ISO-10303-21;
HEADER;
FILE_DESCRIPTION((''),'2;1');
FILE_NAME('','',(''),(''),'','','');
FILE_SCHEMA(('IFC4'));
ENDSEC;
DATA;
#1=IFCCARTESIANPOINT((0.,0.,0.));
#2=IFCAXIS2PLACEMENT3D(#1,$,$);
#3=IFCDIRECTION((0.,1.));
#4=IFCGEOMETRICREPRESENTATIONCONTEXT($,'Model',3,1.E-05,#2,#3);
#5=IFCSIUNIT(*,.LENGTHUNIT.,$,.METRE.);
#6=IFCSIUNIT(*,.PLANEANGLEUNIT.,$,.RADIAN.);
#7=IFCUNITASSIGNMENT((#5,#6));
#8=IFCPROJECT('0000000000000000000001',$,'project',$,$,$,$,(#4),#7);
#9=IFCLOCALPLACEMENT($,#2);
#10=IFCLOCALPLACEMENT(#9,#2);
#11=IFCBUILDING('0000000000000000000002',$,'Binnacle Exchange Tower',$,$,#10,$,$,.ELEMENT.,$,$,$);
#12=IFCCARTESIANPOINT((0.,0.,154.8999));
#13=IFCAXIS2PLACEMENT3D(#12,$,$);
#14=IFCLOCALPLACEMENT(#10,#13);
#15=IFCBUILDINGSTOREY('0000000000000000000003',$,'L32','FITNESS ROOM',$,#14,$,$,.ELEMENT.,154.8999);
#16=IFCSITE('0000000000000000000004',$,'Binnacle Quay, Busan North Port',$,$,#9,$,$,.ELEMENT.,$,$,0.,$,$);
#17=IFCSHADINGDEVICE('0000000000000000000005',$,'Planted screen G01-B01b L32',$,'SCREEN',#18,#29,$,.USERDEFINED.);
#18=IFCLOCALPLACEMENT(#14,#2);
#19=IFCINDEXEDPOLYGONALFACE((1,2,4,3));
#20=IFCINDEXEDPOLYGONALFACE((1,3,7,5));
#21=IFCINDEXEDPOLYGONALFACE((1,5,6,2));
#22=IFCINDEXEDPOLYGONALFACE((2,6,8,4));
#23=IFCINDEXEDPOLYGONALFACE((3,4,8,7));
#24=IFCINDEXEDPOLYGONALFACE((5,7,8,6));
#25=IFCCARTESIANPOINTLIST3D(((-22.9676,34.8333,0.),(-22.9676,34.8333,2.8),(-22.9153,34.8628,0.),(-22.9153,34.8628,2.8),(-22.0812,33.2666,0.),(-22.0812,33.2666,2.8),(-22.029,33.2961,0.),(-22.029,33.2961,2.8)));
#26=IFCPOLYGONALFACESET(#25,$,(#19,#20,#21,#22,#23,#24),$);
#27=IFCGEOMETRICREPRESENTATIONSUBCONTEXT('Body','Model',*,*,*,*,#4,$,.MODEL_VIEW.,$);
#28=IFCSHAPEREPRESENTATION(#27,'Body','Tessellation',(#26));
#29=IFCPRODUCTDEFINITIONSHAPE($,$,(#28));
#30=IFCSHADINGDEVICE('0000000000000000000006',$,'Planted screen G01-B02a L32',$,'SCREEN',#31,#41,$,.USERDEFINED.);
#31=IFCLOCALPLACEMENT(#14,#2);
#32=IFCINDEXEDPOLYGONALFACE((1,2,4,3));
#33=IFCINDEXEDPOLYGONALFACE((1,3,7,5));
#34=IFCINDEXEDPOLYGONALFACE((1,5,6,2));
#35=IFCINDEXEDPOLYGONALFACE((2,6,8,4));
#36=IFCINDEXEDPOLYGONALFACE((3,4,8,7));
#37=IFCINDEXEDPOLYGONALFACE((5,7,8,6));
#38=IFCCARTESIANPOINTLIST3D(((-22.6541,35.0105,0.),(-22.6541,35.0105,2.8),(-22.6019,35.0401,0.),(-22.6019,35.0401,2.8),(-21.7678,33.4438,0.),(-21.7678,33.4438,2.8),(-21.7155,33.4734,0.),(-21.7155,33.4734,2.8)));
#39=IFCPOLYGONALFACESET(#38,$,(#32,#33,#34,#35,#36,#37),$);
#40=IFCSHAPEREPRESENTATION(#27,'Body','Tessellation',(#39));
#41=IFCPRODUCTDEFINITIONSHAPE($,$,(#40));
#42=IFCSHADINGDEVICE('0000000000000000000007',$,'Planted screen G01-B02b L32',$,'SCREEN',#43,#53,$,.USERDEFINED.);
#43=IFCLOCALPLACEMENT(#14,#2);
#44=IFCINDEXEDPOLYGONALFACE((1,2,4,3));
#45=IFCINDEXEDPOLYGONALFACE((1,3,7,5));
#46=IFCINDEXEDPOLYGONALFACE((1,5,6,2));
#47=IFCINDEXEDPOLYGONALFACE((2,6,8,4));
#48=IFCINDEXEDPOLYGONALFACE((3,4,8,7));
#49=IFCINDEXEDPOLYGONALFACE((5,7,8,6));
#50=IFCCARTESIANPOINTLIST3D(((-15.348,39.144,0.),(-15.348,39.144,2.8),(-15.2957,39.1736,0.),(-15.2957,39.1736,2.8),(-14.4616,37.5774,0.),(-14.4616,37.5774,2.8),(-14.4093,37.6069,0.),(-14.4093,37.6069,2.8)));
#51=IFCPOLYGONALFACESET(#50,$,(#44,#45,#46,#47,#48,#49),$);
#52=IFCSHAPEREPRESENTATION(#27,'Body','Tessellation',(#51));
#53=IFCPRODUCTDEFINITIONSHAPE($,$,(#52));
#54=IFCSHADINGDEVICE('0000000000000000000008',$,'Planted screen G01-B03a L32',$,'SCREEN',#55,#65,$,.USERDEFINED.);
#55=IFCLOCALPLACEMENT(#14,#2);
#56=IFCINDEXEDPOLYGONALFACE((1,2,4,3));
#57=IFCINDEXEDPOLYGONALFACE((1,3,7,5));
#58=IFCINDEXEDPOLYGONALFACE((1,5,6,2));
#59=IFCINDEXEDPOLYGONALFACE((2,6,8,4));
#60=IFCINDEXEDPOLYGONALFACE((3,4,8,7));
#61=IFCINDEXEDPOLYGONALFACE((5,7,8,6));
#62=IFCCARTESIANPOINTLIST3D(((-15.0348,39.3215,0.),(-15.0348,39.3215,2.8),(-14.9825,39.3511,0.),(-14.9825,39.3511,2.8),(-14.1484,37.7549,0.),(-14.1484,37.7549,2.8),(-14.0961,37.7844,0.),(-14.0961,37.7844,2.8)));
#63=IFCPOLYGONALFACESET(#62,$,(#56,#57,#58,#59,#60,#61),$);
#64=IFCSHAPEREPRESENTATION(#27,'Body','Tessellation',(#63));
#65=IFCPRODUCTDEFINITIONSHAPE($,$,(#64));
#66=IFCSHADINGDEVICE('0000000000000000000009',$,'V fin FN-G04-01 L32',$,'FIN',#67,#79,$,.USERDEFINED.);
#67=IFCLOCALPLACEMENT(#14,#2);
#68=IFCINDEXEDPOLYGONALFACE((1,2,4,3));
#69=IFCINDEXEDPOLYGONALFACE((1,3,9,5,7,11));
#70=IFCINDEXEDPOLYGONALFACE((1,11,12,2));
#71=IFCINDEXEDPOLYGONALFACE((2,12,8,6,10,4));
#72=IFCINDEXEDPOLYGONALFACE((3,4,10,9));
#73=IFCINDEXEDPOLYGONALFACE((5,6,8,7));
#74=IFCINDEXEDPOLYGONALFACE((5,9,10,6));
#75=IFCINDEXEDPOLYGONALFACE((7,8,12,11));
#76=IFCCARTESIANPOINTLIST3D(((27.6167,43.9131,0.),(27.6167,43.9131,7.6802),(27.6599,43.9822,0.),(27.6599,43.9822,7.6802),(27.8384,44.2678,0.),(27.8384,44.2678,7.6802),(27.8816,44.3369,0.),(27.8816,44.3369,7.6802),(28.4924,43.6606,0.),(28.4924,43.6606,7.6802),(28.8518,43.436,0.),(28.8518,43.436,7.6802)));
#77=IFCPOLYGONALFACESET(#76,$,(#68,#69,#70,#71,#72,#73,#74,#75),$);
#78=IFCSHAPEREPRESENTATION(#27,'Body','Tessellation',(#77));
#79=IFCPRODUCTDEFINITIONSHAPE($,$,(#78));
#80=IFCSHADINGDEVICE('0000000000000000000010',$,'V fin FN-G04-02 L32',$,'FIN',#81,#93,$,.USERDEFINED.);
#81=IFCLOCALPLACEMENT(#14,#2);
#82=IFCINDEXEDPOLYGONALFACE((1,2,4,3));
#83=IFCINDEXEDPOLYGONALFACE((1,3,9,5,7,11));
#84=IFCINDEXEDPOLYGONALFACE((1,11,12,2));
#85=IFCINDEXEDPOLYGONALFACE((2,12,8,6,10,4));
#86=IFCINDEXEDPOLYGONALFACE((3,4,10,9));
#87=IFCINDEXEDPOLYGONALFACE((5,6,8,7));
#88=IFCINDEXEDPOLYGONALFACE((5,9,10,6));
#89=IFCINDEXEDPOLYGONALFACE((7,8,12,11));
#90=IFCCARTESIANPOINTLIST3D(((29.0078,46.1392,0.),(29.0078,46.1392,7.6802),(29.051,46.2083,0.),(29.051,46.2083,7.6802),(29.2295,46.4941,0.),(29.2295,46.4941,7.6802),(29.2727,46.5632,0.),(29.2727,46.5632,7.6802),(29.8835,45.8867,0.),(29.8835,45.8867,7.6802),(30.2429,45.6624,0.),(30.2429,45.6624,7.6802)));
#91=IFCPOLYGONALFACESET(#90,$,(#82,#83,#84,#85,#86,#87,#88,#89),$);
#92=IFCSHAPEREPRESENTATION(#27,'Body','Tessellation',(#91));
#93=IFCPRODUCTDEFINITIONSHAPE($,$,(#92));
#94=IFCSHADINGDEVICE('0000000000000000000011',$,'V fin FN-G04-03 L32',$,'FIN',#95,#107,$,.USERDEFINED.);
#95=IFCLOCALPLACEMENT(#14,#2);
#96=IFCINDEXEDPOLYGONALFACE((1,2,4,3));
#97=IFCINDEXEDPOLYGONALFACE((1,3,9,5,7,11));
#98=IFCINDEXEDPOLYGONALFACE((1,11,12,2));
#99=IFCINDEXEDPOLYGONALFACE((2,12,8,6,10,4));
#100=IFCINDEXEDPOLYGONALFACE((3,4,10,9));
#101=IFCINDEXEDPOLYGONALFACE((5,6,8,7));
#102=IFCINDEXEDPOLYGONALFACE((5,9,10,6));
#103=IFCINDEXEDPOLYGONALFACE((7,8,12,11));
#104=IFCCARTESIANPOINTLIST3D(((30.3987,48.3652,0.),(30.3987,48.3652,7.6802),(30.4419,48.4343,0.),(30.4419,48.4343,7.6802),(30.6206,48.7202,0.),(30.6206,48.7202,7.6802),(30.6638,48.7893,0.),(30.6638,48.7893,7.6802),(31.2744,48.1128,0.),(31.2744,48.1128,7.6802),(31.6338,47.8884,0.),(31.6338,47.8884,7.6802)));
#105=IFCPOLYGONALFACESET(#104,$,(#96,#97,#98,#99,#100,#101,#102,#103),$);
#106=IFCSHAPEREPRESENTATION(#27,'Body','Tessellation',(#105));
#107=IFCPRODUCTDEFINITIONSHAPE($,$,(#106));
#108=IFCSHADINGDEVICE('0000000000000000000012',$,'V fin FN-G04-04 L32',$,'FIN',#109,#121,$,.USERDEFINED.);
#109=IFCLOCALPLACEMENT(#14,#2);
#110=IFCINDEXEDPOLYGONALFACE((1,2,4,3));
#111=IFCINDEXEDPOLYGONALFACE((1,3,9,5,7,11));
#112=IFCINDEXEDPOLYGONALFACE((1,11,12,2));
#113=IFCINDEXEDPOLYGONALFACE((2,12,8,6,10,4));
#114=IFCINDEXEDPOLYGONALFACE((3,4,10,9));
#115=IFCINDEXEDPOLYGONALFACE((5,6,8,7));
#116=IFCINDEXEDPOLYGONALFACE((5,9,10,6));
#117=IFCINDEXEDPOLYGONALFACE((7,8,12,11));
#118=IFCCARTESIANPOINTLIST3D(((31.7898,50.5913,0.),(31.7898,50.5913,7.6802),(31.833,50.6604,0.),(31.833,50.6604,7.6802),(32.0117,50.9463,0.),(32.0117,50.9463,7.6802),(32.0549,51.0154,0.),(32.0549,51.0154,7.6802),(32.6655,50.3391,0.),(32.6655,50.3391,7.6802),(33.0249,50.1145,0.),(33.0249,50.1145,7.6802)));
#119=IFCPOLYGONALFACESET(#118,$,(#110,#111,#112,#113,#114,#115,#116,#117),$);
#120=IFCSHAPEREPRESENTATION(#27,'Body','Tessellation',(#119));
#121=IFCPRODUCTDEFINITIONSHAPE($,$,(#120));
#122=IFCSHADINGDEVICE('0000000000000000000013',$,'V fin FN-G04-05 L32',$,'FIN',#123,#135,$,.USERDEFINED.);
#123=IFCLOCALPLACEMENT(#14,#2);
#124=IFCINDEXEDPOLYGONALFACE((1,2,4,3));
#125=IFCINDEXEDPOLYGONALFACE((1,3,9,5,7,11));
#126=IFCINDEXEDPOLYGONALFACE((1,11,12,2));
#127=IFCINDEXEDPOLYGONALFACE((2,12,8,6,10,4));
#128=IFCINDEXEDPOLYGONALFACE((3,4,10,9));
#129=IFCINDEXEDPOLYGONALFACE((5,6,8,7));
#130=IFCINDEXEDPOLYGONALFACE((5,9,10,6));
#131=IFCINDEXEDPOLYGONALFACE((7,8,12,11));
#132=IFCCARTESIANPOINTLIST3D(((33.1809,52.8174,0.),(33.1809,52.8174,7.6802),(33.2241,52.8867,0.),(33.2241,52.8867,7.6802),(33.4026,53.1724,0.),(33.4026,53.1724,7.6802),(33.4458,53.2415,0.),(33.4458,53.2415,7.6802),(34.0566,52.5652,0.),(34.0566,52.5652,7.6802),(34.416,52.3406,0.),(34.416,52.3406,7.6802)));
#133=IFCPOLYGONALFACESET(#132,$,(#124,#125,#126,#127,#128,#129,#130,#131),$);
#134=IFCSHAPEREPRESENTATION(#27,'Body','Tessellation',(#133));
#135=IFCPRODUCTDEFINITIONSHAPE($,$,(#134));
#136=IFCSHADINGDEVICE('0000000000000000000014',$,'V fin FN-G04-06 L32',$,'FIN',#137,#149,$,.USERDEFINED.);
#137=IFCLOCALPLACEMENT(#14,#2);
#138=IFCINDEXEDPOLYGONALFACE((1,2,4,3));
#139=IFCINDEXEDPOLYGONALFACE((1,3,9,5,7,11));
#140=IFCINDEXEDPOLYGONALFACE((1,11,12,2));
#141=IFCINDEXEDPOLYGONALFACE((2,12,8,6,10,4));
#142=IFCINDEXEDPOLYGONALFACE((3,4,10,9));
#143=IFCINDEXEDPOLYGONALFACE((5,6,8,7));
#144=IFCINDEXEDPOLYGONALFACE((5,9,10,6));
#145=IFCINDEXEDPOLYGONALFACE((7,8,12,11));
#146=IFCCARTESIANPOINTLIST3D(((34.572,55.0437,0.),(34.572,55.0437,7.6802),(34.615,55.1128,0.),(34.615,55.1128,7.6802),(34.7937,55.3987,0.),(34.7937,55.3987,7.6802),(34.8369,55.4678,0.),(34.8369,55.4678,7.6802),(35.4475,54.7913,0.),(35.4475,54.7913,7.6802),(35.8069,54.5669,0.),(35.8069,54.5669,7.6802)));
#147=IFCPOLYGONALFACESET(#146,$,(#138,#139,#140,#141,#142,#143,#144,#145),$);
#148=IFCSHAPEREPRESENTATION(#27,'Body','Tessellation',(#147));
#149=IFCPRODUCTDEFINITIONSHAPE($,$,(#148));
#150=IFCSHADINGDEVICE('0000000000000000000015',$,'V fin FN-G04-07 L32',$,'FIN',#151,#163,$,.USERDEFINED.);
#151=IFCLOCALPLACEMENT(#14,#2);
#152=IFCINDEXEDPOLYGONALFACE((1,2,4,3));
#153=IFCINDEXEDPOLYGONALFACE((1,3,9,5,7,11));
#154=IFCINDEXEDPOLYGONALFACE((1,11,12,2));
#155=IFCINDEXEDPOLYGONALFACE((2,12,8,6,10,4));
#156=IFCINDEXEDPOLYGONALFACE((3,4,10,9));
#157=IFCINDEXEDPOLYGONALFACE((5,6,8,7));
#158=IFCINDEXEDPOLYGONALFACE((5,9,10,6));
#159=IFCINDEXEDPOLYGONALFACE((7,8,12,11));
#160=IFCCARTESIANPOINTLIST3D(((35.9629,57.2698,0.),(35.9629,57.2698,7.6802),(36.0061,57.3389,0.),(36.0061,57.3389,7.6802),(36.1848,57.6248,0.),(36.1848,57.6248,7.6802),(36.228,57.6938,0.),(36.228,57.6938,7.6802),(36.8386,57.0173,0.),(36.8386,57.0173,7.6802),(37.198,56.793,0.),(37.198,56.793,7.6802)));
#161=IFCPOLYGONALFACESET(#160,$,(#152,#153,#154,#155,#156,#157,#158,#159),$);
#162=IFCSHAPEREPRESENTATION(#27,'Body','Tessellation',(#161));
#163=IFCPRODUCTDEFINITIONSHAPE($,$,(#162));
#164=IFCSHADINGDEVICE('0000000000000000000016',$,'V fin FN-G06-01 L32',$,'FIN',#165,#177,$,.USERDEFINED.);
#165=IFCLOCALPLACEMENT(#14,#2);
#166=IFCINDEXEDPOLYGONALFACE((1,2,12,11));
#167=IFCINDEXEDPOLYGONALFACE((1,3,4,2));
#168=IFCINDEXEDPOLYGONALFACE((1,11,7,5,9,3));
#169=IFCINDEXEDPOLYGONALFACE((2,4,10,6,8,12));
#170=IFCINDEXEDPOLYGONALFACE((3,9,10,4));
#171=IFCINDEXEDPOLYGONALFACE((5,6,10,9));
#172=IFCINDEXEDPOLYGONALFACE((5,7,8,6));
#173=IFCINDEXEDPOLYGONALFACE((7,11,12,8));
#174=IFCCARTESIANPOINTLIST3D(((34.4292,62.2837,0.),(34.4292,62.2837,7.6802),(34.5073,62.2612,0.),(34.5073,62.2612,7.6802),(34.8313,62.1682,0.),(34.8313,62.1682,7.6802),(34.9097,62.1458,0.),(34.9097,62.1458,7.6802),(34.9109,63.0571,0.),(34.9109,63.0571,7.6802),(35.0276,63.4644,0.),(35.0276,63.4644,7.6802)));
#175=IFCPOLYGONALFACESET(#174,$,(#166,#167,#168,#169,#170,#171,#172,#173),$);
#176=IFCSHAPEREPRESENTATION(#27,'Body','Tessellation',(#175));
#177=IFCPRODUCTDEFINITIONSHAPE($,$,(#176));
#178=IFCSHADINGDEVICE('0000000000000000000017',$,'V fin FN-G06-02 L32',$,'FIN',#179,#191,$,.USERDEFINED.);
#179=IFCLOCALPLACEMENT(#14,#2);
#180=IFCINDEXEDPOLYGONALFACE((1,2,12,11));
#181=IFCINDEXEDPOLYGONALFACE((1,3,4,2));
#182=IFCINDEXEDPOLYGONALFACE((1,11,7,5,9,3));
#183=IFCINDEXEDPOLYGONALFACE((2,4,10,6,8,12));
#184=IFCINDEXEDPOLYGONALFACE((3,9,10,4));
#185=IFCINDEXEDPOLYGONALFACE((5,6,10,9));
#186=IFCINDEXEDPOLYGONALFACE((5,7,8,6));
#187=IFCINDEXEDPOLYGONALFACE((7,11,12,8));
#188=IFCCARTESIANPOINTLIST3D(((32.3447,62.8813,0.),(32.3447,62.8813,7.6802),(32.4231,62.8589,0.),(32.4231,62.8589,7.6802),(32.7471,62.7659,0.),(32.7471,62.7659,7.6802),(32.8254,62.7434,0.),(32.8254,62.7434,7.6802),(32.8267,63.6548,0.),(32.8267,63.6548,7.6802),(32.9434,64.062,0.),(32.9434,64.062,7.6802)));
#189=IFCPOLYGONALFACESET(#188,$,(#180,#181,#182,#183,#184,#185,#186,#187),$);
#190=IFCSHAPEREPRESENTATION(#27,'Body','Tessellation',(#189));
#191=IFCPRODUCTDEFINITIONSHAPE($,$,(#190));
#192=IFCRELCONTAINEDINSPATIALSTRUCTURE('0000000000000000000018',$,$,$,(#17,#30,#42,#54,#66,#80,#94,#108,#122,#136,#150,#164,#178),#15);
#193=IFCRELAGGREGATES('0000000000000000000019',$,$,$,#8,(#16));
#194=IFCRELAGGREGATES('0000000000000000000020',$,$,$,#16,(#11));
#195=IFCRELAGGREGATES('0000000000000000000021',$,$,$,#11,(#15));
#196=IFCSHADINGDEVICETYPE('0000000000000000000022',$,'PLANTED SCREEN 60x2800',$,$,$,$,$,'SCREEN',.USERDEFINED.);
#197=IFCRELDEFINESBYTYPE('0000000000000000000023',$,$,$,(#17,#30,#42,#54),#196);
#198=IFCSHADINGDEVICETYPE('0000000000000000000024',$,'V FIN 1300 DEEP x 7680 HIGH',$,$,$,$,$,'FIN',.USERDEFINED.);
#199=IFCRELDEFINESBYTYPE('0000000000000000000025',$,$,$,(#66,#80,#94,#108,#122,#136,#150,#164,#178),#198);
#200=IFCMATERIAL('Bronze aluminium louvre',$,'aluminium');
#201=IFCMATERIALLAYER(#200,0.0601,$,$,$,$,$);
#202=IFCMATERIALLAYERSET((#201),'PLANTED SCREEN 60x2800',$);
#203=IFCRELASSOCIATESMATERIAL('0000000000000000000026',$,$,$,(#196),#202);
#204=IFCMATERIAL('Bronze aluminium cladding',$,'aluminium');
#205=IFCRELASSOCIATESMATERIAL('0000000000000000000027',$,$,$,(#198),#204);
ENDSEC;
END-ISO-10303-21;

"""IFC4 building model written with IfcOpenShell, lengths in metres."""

from ifc_helpers import new_model, si_unit, direction, frame, origin, origin_2d, place, context, subcontext, project, spatial, polyline, rectangle, outline, extrude, material, layer, layer_set, type_object, element, save


model = new_model("IFC4")

# Units and contexts
model_context = context("Model", 3, precision=1e-05, world=origin(), true_north=direction((0.0, 1.0)))
body_context = subcontext(model_context, "Body", "Model", "MODEL_VIEW")
ifc_project = project(units=[si_unit("LENGTHUNIT", "METRE"), si_unit("PLANEANGLEUNIT", "RADIAN")], contexts=[model_context])

# Site, building, storey
site_placement = place(None, origin())
site = spatial("IfcSite", under=ifc_project, at=site_placement, Name="Binnacle Quay, Busan North Port", CompositionType="ELEMENT", RefElevation=0.0)
building_placement = place(site_placement, origin())
building = spatial("IfcBuilding", under=site, at=building_placement, Name="Binnacle Exchange Tower", CompositionType="ELEMENT")
storey_placement = place(building_placement, frame((0.0, 0.0, 154.8999)))
storey = spatial("IfcBuildingStorey", under=building, at=storey_placement, Name="L32", Description="FITNESS ROOM", CompositionType="ELEMENT", Elevation=154.8999)

# Shading devices
ifc_material_1 = material(Name="Bronze aluminium louvre", Category="aluminium")
ifc_layer_1 = layer(ifc_material_1, 0.0601)
ifc_layer_set_1 = layer_set([ifc_layer_1], Name="PLANTED SCREEN 60x2800")
shading_device_type_1 = type_object("IfcShadingDeviceType", Name="PLANTED SCREEN 60x2800", ElementType="SCREEN", PredefinedType="USERDEFINED", material=ifc_layer_set_1)
for number, where, z_axis, x_axis, name in (
    (1, (-22.4983, 34.0647, 0.0), (0.0, 0.0, 1.0), (0.870356, 0.492424, 0.0), "Planted screen G01-B01b L32"),
    (2, (-22.1848, 34.2419, 0.0), (0.0, 0.0, 1.0), (0.870356, 0.492424, 0.0), "Planted screen G01-B02a L32"),
    (3, (-14.8787, 38.3755, 0.0), (0.0, 0.0, 1.0), (0.870356, 0.492424, 0.0), "Planted screen G01-B02b L32"),
    (4, (-14.5654, 38.553, 0.0), (0.0, 0.0, 1.0), (0.870356, 0.492424, 0.0), "Planted screen G01-B03a L32"),
):
    element("IfcShadingDevice", number, at=place(storey_placement, frame(where, z_axis=z_axis, x_axis=x_axis)), inside=storey, type_object=shading_device_type_1, Name=name, ObjectType="SCREEN", PredefinedType="USERDEFINED", context=body_context, shape_type="SweptSolid", body=[
        extrude(rectangle(XDim=0.0601, YDim=1.8, at=origin_2d()), origin(), (0.0, 0.0, 1.0), 2.8),
    ])
ifc_material_2 = material(Name="Bronze aluminium cladding", Category="aluminium")
shading_device_type_2 = type_object("IfcShadingDeviceType", Name="V FIN 1300 DEEP x 7680 HIGH", ElementType="FIN", PredefinedType="USERDEFINED", material=ifc_material_2)
shading_device_1_placement = place(storey_placement, origin())
element("IfcShadingDevice", 5, at=shading_device_1_placement, inside=storey, type_object=shading_device_type_2, Name="V fin FN-G04-01 L32", ObjectType="FIN", PredefinedType="USERDEFINED", context=body_context, shape_type="SweptSolid", body=[
    extrude(outline(polyline([(27.6167, 43.9131), (28.8518, 43.436), (27.8816, 44.3369), (27.8384, 44.2678), (28.4924, 43.6606), (27.6599, 43.9822), (27.6167, 43.9131)])), origin(), (0.0, 0.0, 1.0), 7.6802),
])
shading_device_2_placement = place(storey_placement, origin())
element("IfcShadingDevice", 6, at=shading_device_2_placement, inside=storey, type_object=shading_device_type_2, Name="V fin FN-G04-02 L32", ObjectType="FIN", PredefinedType="USERDEFINED", context=body_context, shape_type="SweptSolid", body=[
    extrude(outline(polyline([(29.0078, 46.1392), (30.2429, 45.6624), (29.2727, 46.5632), (29.2295, 46.4941), (29.8835, 45.8867), (29.051, 46.2083), (29.0078, 46.1392)])), origin(), (0.0, 0.0, 1.0), 7.6802),
])
shading_device_3_placement = place(storey_placement, origin())
element("IfcShadingDevice", 7, at=shading_device_3_placement, inside=storey, type_object=shading_device_type_2, Name="V fin FN-G04-03 L32", ObjectType="FIN", PredefinedType="USERDEFINED", context=body_context, shape_type="SweptSolid", body=[
    extrude(outline(polyline([(30.3987, 48.3652), (31.6338, 47.8884), (30.6638, 48.7893), (30.6206, 48.7202), (31.2744, 48.1128), (30.4419, 48.4343), (30.3987, 48.3652)])), origin(), (0.0, 0.0, 1.0), 7.6802),
])
shading_device_4_placement = place(storey_placement, origin())
element("IfcShadingDevice", 8, at=shading_device_4_placement, inside=storey, type_object=shading_device_type_2, Name="V fin FN-G04-04 L32", ObjectType="FIN", PredefinedType="USERDEFINED", context=body_context, shape_type="SweptSolid", body=[
    extrude(outline(polyline([(31.7898, 50.5913), (33.0249, 50.1145), (32.0549, 51.0154), (32.0117, 50.9463), (32.6655, 50.3391), (31.833, 50.6604), (31.7898, 50.5913)])), origin(), (0.0, 0.0, 1.0), 7.6802),
])
shading_device_5_placement = place(storey_placement, origin())
element("IfcShadingDevice", 9, at=shading_device_5_placement, inside=storey, type_object=shading_device_type_2, Name="V fin FN-G04-05 L32", ObjectType="FIN", PredefinedType="USERDEFINED", context=body_context, shape_type="SweptSolid", body=[
    extrude(outline(polyline([(33.1809, 52.8174), (34.416, 52.3406), (33.4458, 53.2415), (33.4026, 53.1724), (34.0566, 52.5652), (33.2241, 52.8867), (33.1809, 52.8174)])), origin(), (0.0, 0.0, 1.0), 7.6802),
])
shading_device_6_placement = place(storey_placement, origin())
element("IfcShadingDevice", 10, at=shading_device_6_placement, inside=storey, type_object=shading_device_type_2, Name="V fin FN-G04-06 L32", ObjectType="FIN", PredefinedType="USERDEFINED", context=body_context, shape_type="SweptSolid", body=[
    extrude(outline(polyline([(34.572, 55.0437), (35.8069, 54.5669), (34.8369, 55.4678), (34.7937, 55.3987), (35.4475, 54.7913), (34.615, 55.1128), (34.572, 55.0437)])), origin(), (0.0, 0.0, 1.0), 7.6802),
])
shading_device_7_placement = place(storey_placement, origin())
element("IfcShadingDevice", 11, at=shading_device_7_placement, inside=storey, type_object=shading_device_type_2, Name="V fin FN-G04-07 L32", ObjectType="FIN", PredefinedType="USERDEFINED", context=body_context, shape_type="SweptSolid", body=[
    extrude(outline(polyline([(35.9629, 57.2698), (37.198, 56.793), (36.228, 57.6938), (36.1848, 57.6248), (36.8386, 57.0173), (36.0061, 57.3389), (35.9629, 57.2698)])), origin(), (0.0, 0.0, 1.0), 7.6802),
])
shading_device_8_placement = place(storey_placement, origin())
element("IfcShadingDevice", 12, at=shading_device_8_placement, inside=storey, type_object=shading_device_type_2, Name="V fin FN-G06-01 L32", ObjectType="FIN", PredefinedType="USERDEFINED", context=body_context, shape_type="SweptSolid", body=[
    extrude(outline(polyline([(34.9097, 62.1458), (35.0276, 63.4644), (34.4292, 62.2837), (34.5073, 62.2612), (34.9109, 63.0571), (34.8313, 62.1682), (34.9097, 62.1458)])), origin(), (0.0, 0.0, 1.0), 7.6802),
])
shading_device_9_placement = place(storey_placement, origin())
element("IfcShadingDevice", 13, at=shading_device_9_placement, inside=storey, type_object=shading_device_type_2, Name="V fin FN-G06-02 L32", ObjectType="FIN", PredefinedType="USERDEFINED", context=body_context, shape_type="SweptSolid", body=[
    extrude(outline(polyline([(32.8254, 62.7434), (32.9434, 64.062), (32.3447, 62.8813), (32.4231, 62.8589), (32.8267, 63.6548), (32.7471, 62.7659), (32.8254, 62.7434)])), origin(), (0.0, 0.0, 1.0), 7.6802),
])

save(model, "model.ifc")
